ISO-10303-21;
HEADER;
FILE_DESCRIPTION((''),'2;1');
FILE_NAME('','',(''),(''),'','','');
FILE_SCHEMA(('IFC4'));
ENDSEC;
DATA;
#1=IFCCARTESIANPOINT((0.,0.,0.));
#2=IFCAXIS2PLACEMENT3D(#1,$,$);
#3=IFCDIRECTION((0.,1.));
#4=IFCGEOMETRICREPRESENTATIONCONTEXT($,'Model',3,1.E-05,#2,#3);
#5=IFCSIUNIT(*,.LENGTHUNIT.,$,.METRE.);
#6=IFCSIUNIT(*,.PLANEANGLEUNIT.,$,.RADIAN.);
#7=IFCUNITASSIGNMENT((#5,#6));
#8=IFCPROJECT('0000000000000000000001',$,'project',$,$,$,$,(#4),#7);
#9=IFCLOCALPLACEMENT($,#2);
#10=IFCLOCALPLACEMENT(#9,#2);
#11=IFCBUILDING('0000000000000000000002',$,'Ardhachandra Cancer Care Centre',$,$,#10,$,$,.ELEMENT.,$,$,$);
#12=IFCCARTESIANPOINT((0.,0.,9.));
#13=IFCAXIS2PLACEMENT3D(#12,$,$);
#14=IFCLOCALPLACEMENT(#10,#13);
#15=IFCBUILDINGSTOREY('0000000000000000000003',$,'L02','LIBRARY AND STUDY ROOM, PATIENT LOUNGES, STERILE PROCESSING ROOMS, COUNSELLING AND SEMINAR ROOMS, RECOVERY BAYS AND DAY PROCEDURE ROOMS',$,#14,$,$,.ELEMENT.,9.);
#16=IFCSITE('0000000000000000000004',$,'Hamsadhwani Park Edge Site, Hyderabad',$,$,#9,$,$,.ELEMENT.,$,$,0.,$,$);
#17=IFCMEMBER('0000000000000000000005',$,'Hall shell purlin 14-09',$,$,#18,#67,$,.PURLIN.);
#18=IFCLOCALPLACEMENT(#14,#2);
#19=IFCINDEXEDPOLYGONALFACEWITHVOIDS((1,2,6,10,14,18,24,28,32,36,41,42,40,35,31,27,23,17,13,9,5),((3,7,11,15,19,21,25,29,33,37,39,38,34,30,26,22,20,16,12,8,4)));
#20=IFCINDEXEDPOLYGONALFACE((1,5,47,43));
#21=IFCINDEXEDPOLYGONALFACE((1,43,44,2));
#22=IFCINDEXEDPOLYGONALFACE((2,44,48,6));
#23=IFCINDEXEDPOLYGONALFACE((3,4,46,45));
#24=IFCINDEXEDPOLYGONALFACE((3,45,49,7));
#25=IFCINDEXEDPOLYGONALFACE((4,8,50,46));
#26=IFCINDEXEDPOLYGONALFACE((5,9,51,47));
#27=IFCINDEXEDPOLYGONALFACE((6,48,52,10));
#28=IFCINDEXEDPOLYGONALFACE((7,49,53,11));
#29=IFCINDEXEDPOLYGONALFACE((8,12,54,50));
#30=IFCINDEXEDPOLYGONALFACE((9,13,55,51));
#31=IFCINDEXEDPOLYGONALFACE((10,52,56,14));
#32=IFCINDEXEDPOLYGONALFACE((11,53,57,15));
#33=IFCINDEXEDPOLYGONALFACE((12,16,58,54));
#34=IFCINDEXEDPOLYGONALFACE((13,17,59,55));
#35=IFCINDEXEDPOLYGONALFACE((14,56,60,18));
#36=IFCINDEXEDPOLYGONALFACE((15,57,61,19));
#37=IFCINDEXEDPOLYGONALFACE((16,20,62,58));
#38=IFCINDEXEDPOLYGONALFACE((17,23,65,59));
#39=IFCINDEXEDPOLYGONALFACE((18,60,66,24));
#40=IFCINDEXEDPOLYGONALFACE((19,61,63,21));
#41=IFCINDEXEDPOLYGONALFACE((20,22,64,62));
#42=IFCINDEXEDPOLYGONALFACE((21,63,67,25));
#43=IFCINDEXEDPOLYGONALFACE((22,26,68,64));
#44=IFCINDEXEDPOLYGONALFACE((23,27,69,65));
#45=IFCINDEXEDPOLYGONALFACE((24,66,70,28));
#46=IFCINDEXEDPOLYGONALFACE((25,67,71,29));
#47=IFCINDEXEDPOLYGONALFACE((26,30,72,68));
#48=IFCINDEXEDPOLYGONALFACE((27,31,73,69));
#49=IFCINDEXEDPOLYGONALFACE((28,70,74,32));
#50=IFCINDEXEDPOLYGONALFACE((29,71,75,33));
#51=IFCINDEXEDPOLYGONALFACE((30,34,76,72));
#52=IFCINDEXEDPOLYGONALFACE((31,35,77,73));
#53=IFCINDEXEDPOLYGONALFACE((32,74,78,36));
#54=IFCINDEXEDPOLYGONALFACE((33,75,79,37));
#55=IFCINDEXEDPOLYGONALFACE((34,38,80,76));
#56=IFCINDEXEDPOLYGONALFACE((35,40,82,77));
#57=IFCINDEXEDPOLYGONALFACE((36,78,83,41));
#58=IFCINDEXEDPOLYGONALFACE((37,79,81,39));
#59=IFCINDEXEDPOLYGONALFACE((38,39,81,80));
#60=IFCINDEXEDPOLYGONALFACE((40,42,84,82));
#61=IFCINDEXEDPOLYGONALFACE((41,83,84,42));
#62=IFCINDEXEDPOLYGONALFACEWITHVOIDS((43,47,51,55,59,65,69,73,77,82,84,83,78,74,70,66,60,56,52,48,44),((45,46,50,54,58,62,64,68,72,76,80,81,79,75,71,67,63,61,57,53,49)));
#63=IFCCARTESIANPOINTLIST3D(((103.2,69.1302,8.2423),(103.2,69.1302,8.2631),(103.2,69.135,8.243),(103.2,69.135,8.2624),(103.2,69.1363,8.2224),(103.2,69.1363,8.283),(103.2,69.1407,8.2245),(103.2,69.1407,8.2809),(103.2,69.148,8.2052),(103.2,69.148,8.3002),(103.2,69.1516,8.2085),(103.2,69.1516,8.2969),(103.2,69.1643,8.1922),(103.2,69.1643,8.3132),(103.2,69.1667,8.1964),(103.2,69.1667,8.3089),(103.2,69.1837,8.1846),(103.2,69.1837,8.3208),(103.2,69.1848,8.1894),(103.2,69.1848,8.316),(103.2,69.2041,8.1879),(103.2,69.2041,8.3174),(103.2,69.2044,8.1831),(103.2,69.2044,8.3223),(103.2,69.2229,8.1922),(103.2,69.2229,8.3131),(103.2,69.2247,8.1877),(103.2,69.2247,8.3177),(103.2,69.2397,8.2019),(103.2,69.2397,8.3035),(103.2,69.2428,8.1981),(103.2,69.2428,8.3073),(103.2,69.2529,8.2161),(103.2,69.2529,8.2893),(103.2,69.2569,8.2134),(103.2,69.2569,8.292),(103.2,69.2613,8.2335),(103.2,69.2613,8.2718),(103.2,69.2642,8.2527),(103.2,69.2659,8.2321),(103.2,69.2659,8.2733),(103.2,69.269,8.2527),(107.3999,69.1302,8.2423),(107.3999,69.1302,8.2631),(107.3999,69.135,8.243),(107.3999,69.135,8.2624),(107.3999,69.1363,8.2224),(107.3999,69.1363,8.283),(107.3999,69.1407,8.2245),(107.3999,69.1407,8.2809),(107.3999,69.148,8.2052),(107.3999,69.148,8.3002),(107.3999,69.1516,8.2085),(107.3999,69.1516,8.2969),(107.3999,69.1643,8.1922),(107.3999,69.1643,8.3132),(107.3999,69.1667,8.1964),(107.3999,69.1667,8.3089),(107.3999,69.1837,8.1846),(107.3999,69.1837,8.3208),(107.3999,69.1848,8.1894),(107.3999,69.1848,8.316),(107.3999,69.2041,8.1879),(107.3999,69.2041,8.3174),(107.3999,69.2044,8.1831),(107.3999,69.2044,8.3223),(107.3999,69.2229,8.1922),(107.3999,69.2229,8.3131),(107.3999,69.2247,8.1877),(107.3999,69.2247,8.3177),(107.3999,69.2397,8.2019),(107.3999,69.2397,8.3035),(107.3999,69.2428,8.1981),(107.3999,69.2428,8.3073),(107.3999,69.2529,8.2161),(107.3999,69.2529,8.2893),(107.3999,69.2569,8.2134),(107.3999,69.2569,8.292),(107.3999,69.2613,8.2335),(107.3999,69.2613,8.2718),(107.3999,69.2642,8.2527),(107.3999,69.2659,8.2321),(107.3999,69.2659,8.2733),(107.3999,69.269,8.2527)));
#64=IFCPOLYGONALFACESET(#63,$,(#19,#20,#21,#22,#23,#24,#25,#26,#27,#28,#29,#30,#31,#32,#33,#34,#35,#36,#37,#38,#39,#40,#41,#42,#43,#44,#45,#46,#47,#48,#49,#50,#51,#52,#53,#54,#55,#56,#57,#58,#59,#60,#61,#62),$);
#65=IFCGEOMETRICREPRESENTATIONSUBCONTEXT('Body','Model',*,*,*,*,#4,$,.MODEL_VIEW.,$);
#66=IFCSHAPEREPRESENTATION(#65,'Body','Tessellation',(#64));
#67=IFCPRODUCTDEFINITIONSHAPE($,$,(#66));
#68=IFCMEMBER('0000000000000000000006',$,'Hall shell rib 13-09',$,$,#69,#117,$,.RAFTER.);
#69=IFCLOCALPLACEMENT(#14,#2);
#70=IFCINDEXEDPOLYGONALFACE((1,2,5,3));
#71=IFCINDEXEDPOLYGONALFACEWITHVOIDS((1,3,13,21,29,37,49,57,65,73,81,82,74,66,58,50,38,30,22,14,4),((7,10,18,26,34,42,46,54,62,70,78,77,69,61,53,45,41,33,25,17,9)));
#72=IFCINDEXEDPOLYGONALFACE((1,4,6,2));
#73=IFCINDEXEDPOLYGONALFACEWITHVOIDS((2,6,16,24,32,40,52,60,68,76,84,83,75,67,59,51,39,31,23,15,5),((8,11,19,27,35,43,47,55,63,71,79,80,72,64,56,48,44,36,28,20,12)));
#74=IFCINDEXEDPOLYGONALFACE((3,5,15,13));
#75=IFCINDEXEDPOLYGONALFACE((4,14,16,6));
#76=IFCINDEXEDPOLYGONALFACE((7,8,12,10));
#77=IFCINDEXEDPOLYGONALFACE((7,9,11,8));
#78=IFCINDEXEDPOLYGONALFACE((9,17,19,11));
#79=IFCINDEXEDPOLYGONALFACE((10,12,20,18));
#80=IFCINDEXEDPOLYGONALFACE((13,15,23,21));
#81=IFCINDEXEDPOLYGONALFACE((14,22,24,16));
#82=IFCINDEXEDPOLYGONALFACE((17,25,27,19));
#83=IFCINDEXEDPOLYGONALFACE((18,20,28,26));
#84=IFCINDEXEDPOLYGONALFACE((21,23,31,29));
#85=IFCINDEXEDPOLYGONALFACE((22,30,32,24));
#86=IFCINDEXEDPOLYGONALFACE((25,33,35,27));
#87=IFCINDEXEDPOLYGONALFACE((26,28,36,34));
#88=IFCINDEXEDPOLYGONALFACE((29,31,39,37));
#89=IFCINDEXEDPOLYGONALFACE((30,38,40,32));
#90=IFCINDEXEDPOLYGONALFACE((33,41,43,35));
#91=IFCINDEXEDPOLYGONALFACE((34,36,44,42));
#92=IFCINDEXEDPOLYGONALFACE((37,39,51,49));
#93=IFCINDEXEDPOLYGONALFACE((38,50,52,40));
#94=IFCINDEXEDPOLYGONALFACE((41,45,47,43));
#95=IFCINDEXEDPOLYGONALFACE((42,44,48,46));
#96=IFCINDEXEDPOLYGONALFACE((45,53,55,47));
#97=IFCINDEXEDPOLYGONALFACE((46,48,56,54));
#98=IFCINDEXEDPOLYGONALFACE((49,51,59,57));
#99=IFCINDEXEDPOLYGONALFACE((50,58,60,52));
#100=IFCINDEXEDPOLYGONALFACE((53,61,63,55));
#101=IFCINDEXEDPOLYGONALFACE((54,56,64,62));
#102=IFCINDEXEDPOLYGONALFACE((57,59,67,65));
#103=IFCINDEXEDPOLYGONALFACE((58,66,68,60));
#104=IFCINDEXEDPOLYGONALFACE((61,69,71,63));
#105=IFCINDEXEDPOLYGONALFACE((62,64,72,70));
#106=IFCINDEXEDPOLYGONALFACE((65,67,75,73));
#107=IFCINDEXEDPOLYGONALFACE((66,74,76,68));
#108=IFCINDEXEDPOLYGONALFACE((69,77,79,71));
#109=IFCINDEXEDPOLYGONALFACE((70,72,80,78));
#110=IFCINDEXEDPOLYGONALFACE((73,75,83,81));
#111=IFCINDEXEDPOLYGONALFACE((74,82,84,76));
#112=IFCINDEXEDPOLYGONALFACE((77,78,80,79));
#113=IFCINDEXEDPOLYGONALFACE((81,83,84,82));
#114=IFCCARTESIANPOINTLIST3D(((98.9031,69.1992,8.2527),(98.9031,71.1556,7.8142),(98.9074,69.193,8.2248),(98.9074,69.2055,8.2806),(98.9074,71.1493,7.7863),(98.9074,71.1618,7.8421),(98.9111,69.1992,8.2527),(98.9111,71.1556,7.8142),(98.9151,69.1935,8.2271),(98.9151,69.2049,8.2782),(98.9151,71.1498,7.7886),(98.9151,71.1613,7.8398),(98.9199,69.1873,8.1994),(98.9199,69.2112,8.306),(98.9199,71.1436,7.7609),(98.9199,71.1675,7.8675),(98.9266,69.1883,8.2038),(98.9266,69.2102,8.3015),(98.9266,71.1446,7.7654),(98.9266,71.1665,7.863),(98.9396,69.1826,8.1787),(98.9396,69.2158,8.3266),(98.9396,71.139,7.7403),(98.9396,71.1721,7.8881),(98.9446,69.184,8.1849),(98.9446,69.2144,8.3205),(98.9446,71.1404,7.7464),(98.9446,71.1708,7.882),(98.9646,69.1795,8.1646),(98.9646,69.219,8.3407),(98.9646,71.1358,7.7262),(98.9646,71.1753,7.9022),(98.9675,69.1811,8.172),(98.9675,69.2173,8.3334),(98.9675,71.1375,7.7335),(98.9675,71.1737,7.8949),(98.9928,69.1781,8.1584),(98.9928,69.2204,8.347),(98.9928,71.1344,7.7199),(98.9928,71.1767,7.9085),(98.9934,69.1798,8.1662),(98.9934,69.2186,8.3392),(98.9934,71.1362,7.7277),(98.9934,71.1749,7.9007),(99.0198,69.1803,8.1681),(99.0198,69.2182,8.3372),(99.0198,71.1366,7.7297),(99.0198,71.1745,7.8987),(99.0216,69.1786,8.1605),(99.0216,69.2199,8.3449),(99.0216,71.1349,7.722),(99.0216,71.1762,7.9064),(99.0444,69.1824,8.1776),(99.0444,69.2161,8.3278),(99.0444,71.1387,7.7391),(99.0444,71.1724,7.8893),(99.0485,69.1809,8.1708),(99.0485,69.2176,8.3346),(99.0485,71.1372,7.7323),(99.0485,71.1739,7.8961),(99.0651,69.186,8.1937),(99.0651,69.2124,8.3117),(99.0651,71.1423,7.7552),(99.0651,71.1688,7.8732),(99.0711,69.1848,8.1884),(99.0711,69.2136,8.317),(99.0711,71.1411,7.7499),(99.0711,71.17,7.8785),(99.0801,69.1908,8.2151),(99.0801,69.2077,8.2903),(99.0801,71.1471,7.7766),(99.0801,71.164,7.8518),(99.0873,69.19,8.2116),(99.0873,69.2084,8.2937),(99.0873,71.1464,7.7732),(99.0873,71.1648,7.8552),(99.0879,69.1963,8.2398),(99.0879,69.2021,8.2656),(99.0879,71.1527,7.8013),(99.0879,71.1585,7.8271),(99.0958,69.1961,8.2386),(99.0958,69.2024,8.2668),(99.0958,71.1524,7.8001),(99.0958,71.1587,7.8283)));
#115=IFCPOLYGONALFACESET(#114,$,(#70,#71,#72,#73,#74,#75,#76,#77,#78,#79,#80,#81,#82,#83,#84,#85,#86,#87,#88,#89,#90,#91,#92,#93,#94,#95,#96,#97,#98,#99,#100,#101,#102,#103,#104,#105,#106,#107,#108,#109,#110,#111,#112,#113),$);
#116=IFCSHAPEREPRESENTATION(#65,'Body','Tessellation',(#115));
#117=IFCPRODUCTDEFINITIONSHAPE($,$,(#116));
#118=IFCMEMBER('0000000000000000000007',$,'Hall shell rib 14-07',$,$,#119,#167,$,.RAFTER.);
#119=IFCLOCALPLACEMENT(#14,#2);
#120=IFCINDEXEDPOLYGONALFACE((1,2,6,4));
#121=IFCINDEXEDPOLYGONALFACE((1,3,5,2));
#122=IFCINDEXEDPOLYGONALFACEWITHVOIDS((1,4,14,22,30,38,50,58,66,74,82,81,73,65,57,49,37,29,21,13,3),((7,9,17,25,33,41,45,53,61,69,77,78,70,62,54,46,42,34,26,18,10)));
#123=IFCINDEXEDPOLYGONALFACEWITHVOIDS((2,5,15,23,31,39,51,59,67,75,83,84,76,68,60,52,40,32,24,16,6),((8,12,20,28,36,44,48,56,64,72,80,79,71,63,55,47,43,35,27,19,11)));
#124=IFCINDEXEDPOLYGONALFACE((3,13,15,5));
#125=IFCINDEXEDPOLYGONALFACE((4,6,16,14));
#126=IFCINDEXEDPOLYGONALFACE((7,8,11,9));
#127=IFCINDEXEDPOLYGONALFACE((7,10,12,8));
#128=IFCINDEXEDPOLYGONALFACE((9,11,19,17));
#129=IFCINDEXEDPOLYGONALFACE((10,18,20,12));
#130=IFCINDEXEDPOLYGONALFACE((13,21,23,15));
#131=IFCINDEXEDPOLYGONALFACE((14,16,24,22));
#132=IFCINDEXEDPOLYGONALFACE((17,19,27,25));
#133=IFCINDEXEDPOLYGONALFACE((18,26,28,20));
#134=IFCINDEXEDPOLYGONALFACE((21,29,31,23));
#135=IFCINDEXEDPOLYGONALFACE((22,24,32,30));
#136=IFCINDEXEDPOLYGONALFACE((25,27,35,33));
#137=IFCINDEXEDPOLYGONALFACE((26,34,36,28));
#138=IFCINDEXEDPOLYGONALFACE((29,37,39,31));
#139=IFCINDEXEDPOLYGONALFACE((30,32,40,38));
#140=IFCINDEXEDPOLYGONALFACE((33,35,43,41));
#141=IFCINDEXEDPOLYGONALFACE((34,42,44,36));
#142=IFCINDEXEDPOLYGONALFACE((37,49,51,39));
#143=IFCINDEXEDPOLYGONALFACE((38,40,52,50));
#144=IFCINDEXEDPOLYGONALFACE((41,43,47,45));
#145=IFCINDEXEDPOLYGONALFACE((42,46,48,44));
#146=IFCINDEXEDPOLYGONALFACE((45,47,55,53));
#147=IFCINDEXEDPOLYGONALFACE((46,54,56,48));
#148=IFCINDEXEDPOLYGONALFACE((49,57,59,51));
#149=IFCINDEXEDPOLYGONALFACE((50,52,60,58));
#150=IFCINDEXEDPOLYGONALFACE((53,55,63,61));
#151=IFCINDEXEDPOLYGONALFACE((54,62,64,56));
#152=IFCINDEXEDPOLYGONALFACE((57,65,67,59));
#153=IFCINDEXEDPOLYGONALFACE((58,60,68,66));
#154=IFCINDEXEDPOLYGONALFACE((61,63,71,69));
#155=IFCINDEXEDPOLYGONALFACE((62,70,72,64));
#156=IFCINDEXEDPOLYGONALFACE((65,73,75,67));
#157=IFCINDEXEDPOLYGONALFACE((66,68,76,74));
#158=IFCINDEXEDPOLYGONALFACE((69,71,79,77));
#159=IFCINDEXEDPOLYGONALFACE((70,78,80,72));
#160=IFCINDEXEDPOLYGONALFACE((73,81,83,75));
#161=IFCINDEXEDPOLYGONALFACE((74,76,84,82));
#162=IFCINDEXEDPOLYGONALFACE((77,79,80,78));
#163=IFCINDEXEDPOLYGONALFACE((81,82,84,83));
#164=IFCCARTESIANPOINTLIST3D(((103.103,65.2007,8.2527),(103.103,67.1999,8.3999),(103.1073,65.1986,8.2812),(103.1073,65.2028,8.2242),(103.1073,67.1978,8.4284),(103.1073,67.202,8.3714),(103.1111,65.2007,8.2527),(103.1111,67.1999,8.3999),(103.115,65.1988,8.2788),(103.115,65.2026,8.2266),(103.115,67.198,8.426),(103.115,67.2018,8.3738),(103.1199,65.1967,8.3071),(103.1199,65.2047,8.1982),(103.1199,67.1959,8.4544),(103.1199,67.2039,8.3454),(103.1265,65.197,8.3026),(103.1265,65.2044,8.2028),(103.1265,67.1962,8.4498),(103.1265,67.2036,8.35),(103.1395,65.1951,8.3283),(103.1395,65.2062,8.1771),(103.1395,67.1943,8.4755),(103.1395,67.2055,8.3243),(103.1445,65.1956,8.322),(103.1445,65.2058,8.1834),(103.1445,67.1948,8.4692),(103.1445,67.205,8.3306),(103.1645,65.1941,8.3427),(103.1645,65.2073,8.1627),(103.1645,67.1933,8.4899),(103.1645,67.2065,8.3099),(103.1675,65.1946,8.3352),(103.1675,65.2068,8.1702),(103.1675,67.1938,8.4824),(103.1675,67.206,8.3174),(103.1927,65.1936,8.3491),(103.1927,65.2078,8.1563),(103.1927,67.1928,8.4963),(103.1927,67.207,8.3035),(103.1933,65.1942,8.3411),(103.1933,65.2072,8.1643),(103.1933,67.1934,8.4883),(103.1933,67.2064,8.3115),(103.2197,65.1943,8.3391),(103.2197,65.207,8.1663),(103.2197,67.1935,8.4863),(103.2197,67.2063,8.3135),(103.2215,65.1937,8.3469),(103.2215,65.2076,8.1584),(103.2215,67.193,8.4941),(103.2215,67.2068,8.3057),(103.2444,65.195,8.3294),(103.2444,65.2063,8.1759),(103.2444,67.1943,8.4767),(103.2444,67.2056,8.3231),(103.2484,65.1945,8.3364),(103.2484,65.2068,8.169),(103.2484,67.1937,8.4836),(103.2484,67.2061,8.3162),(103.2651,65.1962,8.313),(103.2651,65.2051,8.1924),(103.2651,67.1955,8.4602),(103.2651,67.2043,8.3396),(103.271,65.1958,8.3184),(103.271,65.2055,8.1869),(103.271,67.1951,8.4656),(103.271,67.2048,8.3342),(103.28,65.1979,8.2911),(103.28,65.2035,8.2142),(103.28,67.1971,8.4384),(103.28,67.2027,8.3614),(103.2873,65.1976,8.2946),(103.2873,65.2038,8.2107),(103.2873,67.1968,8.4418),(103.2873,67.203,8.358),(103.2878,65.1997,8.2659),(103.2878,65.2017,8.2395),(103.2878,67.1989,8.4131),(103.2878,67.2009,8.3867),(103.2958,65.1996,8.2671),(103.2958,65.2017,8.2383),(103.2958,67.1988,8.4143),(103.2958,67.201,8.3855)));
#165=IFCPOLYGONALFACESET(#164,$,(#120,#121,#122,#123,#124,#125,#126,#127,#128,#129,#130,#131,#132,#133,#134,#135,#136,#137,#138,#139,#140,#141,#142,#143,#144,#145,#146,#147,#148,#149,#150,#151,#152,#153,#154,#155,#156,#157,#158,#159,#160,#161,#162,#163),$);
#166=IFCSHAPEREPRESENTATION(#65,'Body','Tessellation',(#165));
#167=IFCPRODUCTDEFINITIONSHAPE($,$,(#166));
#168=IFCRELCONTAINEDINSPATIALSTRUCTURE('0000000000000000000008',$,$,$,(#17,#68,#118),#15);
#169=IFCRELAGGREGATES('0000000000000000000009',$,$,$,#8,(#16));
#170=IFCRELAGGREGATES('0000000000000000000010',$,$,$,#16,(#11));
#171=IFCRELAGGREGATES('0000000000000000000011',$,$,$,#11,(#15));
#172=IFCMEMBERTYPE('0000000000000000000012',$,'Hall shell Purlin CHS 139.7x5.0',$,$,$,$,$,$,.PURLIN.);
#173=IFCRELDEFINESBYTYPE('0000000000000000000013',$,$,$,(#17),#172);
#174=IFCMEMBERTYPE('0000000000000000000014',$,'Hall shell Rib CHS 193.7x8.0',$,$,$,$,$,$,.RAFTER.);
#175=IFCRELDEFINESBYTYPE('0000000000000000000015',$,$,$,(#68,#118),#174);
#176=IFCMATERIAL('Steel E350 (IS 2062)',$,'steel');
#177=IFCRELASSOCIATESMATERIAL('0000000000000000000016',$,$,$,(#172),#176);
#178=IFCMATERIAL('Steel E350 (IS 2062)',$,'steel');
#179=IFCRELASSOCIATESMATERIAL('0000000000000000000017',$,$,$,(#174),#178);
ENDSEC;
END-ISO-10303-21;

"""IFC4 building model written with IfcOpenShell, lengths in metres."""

from ifc_helpers import new_model, si_unit, direction, frame, origin, origin_2d, place, context, subcontext, project, spatial, hollow_circle, extrude, material, material_profile, profile_set, type_object, element, save


model = new_model("IFC4")

# Units and contexts
model_context = context("Model", 3, precision=1e-05, world=origin(), true_north=direction((0.0, 1.0)))
body_context = subcontext(model_context, "Body", "Model", "MODEL_VIEW")
ifc_project = project(units=[si_unit("LENGTHUNIT", "METRE"), si_unit("PLANEANGLEUNIT", "RADIAN")], contexts=[model_context])

# Site, building, storey
site_placement = place(None, origin())
site = spatial("IfcSite", under=ifc_project, at=site_placement, Name="Hamsadhwani Park Edge Site, Hyderabad", CompositionType="ELEMENT", RefElevation=0.0)
building_placement = place(site_placement, origin())
building = spatial("IfcBuilding", under=site, at=building_placement, Name="Ardhachandra Cancer Care Centre", CompositionType="ELEMENT")
storey_placement = place(building_placement, frame((0.0, 0.0, 9.0)))
storey = spatial("IfcBuildingStorey", under=building, at=storey_placement, Name="L02", Description="LIBRARY AND STUDY ROOM, PATIENT LOUNGES, STERILE PROCESSING ROOMS, COUNSELLING AND SEMINAR ROOMS, RECOVERY BAYS AND DAY PROCEDURE ROOMS", CompositionType="ELEMENT", Elevation=9.0)

# Members
ifc_material_1 = material(Name="Steel E350 (IS 2062)", Category="steel")
ifc_material_profile_1 = material_profile(ifc_material_1, hollow_circle(Radius=0.0698, WallThickness=0.0049, at=origin_2d()), Name="CHS 139.7x5.0")
ifc_profile_set_1 = profile_set([ifc_material_profile_1], Name="Steel E350 (IS 2062)")
member_type_1 = type_object("IfcMemberType", Name="Hall shell Purlin CHS 139.7x5.0", PredefinedType="PURLIN", material=ifc_profile_set_1)
for number, where, z_axis, x_axis, name in (
    (1, (103.2, 69.1992, 8.2527), (1.0, 0.0, 0.0), (0.0, 1.0, 0.0), "Hall shell purlin 14-09"),
):
    element("IfcMember", number, at=place(storey_placement, frame(where, z_axis=z_axis, x_axis=x_axis)), inside=storey, type_object=member_type_1, Name=name, PredefinedType="PURLIN", context=body_context, shape_type="SweptSolid", body=[
        extrude(hollow_circle(Radius=0.0698, WallThickness=0.0049, at=origin_2d()), origin(), (0.0, 0.0, 1.0), 4.2),
    ])
ifc_material_2 = material(Name="Steel E350 (IS 2062)", Category="steel")
ifc_material_profile_2 = material_profile(ifc_material_2, hollow_circle(Radius=0.0969, WallThickness=0.0081, at=origin_2d()), Name="CHS 193.7x8.0")
ifc_profile_set_2 = profile_set([ifc_material_profile_2], Name="Steel E350 (IS 2062)")
member_type_2 = type_object("IfcMemberType", Name="Hall shell Rib CHS 193.7x8.0", PredefinedType="RAFTER", material=ifc_profile_set_2)
member_1_placement = place(storey_placement, frame((99.0, 69.1992, 8.2527), z_axis=(0.0, 0.97579, -0.218709), x_axis=(-1.0, 0.0, 0.0)))
element("IfcMember", 2, at=member_1_placement, inside=storey, type_object=member_type_2, Name="Hall shell rib 13-09", PredefinedType="RAFTER", context=body_context, shape_type="SweptSolid", body=[
    extrude(hollow_circle(Radius=0.0969, WallThickness=0.0081, at=origin_2d()), origin(), (0.0, 0.0, 1.0), 2.0049),
])
for number, where, z_axis, x_axis, name in (
    (3, (103.2, 65.2007, 8.2527), (0.0, 0.9973, 0.073437), (-1.0, 0.0, 0.0), "Hall shell rib 14-07"),
):
    element("IfcMember", number, at=place(storey_placement, frame(where, z_axis=z_axis, x_axis=x_axis)), inside=storey, type_object=member_type_2, Name=name, PredefinedType="RAFTER", context=body_context, shape_type="SweptSolid", body=[
        extrude(hollow_circle(Radius=0.0969, WallThickness=0.0081, at=origin_2d()), origin(), (0.0, 0.0, 1.0), 2.0046),
    ])

save(model, "model.ifc")
